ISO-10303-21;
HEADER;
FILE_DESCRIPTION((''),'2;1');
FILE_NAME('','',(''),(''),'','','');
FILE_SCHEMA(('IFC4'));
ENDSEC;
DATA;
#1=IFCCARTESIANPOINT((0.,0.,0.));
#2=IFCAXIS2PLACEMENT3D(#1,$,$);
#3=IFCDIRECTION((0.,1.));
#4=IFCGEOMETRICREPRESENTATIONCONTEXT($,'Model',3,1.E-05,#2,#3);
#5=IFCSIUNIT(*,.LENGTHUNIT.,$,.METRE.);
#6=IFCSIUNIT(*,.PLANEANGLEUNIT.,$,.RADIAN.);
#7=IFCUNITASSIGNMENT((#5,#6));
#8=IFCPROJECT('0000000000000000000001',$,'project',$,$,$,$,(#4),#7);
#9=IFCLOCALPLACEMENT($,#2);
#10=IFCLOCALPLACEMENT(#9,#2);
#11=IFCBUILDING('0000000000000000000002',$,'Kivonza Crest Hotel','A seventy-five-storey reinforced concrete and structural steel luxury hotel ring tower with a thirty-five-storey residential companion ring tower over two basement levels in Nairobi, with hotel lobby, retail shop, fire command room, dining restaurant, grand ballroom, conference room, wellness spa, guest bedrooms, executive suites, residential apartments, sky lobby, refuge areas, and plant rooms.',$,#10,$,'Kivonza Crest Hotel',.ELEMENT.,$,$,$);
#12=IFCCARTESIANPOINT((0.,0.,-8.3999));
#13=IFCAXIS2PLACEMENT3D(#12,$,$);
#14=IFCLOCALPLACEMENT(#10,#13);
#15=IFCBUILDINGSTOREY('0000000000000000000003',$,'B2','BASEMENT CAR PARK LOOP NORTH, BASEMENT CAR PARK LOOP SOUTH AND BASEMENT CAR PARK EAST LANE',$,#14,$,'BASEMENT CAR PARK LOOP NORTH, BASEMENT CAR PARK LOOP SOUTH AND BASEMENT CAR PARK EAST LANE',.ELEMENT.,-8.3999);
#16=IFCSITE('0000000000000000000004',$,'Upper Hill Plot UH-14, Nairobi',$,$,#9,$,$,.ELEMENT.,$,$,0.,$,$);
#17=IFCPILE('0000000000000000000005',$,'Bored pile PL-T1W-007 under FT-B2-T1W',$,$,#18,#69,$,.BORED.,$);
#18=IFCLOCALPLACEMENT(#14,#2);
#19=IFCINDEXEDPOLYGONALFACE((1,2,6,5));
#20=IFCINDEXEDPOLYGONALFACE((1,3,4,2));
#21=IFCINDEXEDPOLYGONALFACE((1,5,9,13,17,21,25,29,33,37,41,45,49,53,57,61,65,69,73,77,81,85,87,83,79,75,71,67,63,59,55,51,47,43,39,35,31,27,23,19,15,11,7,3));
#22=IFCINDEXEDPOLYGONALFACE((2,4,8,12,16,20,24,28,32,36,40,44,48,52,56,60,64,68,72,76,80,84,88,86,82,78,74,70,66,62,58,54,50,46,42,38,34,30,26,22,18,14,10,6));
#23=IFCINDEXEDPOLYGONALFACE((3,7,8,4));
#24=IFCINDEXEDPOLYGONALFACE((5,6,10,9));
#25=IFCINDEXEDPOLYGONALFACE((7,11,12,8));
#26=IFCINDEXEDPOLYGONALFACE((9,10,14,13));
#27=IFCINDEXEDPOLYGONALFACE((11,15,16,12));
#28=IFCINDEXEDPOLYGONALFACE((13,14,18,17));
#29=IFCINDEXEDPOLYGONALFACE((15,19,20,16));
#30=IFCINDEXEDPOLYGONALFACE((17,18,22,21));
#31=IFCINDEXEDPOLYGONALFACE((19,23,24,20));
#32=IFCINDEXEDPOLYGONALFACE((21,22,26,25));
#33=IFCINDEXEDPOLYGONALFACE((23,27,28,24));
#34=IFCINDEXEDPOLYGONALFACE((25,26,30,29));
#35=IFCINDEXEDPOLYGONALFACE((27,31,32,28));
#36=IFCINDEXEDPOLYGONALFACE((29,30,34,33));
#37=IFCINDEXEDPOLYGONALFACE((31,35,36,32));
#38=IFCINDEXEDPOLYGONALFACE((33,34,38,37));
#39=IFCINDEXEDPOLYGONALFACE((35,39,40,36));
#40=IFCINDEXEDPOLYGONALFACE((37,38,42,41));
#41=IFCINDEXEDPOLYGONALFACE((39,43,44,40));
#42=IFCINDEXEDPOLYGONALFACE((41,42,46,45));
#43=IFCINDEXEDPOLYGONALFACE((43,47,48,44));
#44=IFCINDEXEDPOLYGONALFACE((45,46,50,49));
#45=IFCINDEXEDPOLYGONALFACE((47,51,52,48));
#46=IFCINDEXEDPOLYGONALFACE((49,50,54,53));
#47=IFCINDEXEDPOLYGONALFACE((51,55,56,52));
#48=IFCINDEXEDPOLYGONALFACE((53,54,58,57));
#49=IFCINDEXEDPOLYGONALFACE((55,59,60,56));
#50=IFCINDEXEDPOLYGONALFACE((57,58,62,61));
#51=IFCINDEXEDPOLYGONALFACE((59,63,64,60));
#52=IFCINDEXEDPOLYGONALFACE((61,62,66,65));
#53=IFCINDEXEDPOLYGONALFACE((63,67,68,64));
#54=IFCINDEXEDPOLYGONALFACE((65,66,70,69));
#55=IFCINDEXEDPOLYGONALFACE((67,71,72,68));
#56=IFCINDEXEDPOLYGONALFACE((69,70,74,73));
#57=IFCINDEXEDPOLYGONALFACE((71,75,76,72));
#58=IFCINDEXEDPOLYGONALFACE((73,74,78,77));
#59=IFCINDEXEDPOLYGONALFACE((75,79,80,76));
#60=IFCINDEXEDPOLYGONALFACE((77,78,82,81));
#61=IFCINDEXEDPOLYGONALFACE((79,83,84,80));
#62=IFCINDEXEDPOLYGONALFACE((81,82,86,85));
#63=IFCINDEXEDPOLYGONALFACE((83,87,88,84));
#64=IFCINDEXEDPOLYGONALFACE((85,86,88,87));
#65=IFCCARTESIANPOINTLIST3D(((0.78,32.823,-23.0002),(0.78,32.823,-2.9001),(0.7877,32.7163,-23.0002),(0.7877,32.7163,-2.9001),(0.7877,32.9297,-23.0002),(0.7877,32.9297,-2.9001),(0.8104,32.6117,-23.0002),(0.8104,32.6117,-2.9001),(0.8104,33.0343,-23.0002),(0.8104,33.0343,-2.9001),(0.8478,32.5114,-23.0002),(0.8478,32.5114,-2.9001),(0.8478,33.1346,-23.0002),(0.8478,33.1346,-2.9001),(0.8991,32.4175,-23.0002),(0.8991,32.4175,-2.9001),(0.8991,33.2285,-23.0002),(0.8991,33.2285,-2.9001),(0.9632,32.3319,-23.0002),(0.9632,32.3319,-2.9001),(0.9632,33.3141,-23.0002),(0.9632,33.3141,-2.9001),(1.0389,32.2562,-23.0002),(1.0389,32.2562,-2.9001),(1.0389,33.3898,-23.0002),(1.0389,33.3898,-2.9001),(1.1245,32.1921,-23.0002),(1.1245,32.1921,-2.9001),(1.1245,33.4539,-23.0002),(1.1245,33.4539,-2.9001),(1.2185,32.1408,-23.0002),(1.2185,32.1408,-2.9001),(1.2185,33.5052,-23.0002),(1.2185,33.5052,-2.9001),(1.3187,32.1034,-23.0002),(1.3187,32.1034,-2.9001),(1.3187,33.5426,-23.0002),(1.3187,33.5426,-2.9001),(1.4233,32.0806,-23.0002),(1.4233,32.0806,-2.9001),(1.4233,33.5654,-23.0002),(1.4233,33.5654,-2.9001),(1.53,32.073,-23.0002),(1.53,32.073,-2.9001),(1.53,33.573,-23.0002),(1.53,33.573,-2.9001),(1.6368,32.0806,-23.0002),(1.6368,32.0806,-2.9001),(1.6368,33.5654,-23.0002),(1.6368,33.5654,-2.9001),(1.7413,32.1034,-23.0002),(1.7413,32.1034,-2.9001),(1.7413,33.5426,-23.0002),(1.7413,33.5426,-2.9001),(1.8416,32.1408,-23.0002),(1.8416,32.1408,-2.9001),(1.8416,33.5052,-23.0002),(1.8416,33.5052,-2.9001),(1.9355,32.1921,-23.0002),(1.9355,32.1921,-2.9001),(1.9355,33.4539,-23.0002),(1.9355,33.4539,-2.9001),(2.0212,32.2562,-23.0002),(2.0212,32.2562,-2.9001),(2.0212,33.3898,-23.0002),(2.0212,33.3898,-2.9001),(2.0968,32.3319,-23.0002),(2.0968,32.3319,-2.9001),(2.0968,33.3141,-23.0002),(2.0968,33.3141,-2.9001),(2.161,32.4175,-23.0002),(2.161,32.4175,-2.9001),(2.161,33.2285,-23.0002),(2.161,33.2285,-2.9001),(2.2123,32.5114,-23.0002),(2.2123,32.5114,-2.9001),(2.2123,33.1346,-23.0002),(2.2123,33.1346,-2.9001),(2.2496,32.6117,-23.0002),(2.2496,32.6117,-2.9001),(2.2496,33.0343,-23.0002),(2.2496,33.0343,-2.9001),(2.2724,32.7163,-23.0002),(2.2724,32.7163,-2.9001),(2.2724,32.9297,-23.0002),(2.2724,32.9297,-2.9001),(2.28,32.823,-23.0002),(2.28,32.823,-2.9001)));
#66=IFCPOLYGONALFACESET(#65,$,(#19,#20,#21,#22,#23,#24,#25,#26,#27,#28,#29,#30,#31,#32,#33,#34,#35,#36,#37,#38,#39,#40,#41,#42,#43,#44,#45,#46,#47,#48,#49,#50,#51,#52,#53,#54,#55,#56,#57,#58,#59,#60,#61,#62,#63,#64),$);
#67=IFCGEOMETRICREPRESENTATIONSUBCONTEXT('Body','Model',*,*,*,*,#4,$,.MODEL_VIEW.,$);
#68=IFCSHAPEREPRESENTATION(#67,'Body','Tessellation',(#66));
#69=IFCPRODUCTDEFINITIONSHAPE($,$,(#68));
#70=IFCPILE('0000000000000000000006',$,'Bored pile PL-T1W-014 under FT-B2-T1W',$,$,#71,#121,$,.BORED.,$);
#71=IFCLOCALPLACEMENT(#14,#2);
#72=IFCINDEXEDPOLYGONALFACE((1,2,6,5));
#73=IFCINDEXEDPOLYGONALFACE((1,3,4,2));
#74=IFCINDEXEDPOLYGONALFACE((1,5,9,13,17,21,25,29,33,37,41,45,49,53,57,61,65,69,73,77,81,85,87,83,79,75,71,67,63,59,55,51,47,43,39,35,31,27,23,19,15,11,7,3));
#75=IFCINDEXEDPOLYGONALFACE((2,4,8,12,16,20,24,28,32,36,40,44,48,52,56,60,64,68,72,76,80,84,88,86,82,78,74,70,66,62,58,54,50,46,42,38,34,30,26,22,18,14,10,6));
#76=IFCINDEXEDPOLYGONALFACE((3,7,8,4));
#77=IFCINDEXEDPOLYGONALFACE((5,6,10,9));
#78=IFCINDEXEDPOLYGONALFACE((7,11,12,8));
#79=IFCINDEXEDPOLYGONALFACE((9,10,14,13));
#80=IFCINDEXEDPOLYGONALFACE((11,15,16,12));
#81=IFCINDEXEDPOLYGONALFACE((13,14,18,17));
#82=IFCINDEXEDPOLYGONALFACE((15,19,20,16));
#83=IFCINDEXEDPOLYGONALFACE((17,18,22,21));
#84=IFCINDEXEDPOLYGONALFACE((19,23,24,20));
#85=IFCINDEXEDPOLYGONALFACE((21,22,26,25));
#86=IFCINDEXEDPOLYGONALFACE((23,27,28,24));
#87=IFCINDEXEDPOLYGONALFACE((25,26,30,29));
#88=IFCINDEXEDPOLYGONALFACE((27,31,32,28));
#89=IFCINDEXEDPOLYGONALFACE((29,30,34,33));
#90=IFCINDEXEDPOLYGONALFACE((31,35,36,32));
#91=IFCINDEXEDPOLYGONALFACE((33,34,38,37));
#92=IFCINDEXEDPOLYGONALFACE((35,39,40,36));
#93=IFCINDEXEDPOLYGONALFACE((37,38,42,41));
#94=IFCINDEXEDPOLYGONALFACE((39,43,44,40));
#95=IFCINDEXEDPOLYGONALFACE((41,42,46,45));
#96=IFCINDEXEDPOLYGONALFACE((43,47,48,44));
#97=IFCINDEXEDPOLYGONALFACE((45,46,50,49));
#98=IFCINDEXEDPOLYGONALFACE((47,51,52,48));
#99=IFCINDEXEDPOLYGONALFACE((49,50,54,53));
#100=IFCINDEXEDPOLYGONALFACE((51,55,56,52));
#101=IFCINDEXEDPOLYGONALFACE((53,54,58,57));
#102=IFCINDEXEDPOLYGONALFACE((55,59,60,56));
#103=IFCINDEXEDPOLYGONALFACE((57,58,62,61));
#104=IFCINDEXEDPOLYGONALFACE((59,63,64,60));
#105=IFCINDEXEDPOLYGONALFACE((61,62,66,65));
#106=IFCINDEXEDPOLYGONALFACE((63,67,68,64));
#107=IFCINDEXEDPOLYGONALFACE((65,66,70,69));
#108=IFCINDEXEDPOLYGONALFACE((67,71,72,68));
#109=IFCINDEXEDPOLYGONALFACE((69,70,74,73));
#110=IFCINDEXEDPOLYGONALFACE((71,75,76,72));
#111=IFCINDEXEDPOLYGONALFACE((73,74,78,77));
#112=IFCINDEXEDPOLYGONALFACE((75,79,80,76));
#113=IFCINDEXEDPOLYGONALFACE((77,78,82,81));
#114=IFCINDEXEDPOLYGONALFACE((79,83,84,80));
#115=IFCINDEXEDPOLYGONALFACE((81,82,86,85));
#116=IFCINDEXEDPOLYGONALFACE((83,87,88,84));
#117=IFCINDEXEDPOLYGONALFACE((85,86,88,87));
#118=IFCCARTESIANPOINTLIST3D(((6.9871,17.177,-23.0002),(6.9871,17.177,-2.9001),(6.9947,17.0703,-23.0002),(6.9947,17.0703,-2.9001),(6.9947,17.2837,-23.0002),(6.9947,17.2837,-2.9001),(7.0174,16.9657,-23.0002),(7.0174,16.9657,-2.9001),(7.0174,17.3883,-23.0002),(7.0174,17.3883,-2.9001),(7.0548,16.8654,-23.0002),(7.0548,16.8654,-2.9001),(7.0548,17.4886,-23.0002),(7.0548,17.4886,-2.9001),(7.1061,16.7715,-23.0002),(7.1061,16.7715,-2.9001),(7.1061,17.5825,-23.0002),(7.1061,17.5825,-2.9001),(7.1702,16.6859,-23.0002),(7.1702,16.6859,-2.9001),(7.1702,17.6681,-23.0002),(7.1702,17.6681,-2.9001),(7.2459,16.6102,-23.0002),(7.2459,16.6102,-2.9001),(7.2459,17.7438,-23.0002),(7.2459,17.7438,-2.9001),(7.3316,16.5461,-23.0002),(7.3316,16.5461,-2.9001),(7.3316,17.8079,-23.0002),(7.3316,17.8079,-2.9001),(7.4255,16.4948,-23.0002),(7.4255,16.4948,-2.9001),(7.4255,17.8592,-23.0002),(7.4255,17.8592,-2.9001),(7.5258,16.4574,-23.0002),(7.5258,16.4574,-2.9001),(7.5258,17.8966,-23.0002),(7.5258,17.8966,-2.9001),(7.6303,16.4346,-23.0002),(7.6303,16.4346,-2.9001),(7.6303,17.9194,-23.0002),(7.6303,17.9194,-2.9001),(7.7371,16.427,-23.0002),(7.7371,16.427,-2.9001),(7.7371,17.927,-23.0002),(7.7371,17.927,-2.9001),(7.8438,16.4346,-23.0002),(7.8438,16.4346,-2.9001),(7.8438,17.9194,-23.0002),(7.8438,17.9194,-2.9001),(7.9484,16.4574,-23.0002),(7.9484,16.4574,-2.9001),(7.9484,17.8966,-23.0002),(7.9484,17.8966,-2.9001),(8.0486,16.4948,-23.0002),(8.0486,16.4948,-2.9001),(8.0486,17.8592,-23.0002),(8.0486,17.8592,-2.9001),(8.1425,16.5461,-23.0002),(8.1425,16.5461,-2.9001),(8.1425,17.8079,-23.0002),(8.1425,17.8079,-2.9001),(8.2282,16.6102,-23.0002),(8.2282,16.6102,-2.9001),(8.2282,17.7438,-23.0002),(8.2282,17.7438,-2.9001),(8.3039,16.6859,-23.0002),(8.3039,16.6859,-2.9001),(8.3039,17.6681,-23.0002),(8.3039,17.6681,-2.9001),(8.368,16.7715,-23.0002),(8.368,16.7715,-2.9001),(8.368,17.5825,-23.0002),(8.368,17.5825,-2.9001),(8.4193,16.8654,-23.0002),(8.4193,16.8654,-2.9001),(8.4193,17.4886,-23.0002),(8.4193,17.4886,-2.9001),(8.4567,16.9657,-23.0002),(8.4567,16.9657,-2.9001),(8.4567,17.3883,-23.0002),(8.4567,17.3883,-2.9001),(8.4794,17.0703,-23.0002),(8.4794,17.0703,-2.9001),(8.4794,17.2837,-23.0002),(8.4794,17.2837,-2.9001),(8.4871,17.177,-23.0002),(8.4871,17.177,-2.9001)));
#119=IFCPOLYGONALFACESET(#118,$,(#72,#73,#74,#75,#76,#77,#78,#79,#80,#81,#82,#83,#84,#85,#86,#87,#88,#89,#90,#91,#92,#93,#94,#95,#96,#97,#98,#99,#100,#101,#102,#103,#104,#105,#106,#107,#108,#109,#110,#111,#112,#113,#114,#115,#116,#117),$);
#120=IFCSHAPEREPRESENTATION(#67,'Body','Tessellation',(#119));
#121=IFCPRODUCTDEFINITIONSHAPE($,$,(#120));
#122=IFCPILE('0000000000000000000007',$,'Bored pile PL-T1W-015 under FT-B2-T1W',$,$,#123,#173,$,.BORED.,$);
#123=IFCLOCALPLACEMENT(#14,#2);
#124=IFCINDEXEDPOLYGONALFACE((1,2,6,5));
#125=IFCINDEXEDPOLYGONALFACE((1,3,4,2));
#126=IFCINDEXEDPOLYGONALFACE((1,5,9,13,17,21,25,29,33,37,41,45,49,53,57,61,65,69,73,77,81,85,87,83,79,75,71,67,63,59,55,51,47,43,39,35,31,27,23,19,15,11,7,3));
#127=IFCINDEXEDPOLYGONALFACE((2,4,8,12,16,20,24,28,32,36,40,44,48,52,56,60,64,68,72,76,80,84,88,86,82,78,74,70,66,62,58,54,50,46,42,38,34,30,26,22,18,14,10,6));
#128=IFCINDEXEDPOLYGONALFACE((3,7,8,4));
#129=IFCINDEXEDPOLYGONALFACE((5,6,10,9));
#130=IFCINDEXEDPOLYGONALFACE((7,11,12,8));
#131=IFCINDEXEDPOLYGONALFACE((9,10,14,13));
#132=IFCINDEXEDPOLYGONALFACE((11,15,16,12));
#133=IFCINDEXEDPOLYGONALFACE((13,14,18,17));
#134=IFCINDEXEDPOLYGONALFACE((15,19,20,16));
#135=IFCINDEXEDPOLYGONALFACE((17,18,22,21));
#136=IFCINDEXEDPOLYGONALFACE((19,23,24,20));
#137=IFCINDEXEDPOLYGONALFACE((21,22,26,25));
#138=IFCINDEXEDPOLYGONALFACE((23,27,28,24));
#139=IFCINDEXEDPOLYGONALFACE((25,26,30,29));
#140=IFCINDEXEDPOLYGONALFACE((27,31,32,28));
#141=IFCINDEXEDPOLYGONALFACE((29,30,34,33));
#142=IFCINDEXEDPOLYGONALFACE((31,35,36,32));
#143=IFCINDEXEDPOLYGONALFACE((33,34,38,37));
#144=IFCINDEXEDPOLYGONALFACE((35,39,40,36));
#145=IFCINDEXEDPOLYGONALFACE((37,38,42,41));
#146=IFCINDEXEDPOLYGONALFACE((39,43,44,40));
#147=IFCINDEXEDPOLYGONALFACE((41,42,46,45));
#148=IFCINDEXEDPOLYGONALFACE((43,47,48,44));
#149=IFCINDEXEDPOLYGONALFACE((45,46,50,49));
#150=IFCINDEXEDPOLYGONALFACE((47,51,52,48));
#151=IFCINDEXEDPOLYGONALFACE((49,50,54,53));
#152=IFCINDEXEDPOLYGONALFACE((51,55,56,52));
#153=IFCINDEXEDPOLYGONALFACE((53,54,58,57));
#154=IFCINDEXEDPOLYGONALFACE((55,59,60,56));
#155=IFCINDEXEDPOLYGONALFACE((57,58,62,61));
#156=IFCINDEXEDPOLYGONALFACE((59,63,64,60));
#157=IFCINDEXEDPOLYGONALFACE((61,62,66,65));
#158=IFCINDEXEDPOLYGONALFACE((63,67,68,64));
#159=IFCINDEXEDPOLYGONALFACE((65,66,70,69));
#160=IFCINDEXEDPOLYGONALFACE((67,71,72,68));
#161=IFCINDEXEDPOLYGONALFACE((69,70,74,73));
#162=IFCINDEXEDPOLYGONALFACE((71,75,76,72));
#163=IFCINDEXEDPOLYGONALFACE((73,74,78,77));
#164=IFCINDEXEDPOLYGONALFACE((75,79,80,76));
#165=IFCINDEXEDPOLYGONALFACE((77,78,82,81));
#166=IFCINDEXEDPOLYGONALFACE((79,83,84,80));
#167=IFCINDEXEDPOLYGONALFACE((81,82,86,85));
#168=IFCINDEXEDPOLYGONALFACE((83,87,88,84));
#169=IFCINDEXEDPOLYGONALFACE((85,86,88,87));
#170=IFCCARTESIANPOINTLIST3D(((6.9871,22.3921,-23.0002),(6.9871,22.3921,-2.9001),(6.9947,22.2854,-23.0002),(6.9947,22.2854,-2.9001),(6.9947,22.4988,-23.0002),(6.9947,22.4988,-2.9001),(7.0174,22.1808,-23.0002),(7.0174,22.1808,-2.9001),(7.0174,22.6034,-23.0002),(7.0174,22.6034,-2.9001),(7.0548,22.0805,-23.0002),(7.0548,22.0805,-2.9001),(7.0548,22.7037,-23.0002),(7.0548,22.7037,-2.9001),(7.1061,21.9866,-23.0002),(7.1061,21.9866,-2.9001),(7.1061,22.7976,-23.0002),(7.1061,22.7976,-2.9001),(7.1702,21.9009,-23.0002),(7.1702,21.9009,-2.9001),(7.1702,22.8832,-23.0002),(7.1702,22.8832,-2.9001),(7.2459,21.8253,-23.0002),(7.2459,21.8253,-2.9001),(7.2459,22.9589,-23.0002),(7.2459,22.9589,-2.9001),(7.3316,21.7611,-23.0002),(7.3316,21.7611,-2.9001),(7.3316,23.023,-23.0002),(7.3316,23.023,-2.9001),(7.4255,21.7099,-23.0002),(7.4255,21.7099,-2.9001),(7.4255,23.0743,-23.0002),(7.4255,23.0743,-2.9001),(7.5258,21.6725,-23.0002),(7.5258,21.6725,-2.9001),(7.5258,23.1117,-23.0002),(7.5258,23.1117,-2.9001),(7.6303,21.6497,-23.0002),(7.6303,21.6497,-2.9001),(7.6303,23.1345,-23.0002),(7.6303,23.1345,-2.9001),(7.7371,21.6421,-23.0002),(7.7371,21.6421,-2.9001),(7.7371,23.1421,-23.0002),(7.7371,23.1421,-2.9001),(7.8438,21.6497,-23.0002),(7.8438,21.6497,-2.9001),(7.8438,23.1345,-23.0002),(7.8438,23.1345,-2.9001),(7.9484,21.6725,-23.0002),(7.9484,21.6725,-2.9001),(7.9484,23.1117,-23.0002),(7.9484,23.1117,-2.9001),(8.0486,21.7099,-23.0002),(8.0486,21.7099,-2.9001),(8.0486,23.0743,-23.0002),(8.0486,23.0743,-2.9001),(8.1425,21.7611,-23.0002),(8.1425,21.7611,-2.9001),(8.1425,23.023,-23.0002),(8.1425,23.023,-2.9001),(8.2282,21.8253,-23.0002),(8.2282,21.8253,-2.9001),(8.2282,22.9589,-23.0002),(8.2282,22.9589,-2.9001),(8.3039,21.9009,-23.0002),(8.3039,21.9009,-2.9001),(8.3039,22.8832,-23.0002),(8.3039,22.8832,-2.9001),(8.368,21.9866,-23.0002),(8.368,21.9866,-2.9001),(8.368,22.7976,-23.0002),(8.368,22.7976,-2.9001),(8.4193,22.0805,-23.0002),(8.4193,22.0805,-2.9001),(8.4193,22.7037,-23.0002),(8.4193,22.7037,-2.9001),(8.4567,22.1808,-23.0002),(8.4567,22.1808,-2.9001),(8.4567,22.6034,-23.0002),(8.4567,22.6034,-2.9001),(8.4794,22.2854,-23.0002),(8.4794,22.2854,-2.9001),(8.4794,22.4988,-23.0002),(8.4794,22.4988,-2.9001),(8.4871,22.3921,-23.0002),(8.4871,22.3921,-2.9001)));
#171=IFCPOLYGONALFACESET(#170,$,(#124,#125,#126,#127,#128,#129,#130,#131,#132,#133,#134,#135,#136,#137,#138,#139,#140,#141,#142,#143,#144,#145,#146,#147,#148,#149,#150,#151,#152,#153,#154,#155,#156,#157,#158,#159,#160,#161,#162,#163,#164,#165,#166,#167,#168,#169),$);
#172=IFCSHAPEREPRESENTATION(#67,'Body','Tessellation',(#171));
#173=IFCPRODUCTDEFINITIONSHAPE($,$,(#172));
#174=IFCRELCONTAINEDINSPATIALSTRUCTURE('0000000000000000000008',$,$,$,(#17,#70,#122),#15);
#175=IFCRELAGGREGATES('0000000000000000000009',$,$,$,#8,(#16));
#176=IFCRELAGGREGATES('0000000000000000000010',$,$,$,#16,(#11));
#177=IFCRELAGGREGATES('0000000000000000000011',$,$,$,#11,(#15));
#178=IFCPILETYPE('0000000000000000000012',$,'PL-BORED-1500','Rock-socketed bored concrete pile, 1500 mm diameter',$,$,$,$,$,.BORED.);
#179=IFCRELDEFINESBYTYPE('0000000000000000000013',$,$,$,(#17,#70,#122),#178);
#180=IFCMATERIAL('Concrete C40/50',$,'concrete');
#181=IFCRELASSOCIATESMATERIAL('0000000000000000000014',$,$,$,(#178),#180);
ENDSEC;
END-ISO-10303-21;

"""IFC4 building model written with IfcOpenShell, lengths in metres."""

from ifc_helpers import new_model, si_unit, direction, frame, origin, origin_2d, place, context, subcontext, project, spatial, circle, extrude, material, material_profile, profile_set, type_object, element, save


model = new_model("IFC4")

# Units and contexts
model_context = context("Model", 3, precision=1e-05, world=origin(), true_north=direction((0.0, 1.0)))
body_context = subcontext(model_context, "Body", "Model", "MODEL_VIEW")
ifc_project = project(units=[si_unit("LENGTHUNIT", "METRE"), si_unit("PLANEANGLEUNIT", "RADIAN")], contexts=[model_context])

# Site, building, storey
site_placement = place(None, origin())
site = spatial("IfcSite", under=ifc_project, at=site_placement, Name="Upper Hill Plot UH-14, Nairobi", CompositionType="ELEMENT", RefElevation=0.0)
building_placement = place(site_placement, origin())
building = spatial("IfcBuilding", under=site, at=building_placement, Name="Kivonza Crest Hotel", Description="A seventy-five-storey reinforced concrete and structural steel luxury hotel ring tower with a thirty-five-storey residential companion ring tower over two basement levels in Nairobi, with hotel lobby, retail shop, fire command room, dining restaurant, grand ballroom, conference room, wellness spa, guest bedrooms, executive suites, residential apartments, sky lobby, refuge areas, and plant rooms.", LongName="Kivonza Crest Hotel", CompositionType="ELEMENT")
storey_placement = place(building_placement, frame((0.0, 0.0, -8.3999)))
storey = spatial("IfcBuildingStorey", under=building, at=storey_placement, Name="B2", Description="BASEMENT CAR PARK LOOP NORTH, BASEMENT CAR PARK LOOP SOUTH AND BASEMENT CAR PARK EAST LANE", LongName="BASEMENT CAR PARK LOOP NORTH, BASEMENT CAR PARK LOOP SOUTH AND BASEMENT CAR PARK EAST LANE", CompositionType="ELEMENT", Elevation=-8.3999)

# Piles
ifc_material_1 = material(Name="Concrete C40/50", Category="concrete")
ifc_material_profile_1 = material_profile(ifc_material_1, circle(Radius=0.75, at=origin_2d()), Name="PILE D1500")
ifc_profile_set_1 = profile_set([ifc_material_profile_1], Name="Concrete C40/50")
pile_type = type_object("IfcPileType", Name="PL-BORED-1500", Description="Rock-socketed bored concrete pile, 1500 mm diameter", PredefinedType="BORED", material=ifc_profile_set_1)
for number, where, z_axis, x_axis, name in (
    (1, (1.53, 32.823, -2.9001), (0.0, 0.0, -1.0), (1.0, 0.0, 0.0), "Bored pile PL-T1W-007 under FT-B2-T1W"),
    (2, (7.7371, 17.177, -2.9001), (0.0, 0.0, -1.0), (1.0, 0.0, 0.0), "Bored pile PL-T1W-014 under FT-B2-T1W"),
    (3, (7.7371, 22.3921, -2.9001), (0.0, 0.0, -1.0), (1.0, 0.0, 0.0), "Bored pile PL-T1W-015 under FT-B2-T1W"),
):
    element("IfcPile", number, at=place(storey_placement, frame(where, z_axis=z_axis, x_axis=x_axis)), inside=storey, type_object=pile_type, Name=name, PredefinedType="BORED", context=body_context, shape_type="SweptSolid", body=[
        extrude(circle(Radius=0.75, at=origin_2d()), origin(), (0.0, 0.0, 1.0), 20.1001),
    ])

save(model, "model.ifc")
